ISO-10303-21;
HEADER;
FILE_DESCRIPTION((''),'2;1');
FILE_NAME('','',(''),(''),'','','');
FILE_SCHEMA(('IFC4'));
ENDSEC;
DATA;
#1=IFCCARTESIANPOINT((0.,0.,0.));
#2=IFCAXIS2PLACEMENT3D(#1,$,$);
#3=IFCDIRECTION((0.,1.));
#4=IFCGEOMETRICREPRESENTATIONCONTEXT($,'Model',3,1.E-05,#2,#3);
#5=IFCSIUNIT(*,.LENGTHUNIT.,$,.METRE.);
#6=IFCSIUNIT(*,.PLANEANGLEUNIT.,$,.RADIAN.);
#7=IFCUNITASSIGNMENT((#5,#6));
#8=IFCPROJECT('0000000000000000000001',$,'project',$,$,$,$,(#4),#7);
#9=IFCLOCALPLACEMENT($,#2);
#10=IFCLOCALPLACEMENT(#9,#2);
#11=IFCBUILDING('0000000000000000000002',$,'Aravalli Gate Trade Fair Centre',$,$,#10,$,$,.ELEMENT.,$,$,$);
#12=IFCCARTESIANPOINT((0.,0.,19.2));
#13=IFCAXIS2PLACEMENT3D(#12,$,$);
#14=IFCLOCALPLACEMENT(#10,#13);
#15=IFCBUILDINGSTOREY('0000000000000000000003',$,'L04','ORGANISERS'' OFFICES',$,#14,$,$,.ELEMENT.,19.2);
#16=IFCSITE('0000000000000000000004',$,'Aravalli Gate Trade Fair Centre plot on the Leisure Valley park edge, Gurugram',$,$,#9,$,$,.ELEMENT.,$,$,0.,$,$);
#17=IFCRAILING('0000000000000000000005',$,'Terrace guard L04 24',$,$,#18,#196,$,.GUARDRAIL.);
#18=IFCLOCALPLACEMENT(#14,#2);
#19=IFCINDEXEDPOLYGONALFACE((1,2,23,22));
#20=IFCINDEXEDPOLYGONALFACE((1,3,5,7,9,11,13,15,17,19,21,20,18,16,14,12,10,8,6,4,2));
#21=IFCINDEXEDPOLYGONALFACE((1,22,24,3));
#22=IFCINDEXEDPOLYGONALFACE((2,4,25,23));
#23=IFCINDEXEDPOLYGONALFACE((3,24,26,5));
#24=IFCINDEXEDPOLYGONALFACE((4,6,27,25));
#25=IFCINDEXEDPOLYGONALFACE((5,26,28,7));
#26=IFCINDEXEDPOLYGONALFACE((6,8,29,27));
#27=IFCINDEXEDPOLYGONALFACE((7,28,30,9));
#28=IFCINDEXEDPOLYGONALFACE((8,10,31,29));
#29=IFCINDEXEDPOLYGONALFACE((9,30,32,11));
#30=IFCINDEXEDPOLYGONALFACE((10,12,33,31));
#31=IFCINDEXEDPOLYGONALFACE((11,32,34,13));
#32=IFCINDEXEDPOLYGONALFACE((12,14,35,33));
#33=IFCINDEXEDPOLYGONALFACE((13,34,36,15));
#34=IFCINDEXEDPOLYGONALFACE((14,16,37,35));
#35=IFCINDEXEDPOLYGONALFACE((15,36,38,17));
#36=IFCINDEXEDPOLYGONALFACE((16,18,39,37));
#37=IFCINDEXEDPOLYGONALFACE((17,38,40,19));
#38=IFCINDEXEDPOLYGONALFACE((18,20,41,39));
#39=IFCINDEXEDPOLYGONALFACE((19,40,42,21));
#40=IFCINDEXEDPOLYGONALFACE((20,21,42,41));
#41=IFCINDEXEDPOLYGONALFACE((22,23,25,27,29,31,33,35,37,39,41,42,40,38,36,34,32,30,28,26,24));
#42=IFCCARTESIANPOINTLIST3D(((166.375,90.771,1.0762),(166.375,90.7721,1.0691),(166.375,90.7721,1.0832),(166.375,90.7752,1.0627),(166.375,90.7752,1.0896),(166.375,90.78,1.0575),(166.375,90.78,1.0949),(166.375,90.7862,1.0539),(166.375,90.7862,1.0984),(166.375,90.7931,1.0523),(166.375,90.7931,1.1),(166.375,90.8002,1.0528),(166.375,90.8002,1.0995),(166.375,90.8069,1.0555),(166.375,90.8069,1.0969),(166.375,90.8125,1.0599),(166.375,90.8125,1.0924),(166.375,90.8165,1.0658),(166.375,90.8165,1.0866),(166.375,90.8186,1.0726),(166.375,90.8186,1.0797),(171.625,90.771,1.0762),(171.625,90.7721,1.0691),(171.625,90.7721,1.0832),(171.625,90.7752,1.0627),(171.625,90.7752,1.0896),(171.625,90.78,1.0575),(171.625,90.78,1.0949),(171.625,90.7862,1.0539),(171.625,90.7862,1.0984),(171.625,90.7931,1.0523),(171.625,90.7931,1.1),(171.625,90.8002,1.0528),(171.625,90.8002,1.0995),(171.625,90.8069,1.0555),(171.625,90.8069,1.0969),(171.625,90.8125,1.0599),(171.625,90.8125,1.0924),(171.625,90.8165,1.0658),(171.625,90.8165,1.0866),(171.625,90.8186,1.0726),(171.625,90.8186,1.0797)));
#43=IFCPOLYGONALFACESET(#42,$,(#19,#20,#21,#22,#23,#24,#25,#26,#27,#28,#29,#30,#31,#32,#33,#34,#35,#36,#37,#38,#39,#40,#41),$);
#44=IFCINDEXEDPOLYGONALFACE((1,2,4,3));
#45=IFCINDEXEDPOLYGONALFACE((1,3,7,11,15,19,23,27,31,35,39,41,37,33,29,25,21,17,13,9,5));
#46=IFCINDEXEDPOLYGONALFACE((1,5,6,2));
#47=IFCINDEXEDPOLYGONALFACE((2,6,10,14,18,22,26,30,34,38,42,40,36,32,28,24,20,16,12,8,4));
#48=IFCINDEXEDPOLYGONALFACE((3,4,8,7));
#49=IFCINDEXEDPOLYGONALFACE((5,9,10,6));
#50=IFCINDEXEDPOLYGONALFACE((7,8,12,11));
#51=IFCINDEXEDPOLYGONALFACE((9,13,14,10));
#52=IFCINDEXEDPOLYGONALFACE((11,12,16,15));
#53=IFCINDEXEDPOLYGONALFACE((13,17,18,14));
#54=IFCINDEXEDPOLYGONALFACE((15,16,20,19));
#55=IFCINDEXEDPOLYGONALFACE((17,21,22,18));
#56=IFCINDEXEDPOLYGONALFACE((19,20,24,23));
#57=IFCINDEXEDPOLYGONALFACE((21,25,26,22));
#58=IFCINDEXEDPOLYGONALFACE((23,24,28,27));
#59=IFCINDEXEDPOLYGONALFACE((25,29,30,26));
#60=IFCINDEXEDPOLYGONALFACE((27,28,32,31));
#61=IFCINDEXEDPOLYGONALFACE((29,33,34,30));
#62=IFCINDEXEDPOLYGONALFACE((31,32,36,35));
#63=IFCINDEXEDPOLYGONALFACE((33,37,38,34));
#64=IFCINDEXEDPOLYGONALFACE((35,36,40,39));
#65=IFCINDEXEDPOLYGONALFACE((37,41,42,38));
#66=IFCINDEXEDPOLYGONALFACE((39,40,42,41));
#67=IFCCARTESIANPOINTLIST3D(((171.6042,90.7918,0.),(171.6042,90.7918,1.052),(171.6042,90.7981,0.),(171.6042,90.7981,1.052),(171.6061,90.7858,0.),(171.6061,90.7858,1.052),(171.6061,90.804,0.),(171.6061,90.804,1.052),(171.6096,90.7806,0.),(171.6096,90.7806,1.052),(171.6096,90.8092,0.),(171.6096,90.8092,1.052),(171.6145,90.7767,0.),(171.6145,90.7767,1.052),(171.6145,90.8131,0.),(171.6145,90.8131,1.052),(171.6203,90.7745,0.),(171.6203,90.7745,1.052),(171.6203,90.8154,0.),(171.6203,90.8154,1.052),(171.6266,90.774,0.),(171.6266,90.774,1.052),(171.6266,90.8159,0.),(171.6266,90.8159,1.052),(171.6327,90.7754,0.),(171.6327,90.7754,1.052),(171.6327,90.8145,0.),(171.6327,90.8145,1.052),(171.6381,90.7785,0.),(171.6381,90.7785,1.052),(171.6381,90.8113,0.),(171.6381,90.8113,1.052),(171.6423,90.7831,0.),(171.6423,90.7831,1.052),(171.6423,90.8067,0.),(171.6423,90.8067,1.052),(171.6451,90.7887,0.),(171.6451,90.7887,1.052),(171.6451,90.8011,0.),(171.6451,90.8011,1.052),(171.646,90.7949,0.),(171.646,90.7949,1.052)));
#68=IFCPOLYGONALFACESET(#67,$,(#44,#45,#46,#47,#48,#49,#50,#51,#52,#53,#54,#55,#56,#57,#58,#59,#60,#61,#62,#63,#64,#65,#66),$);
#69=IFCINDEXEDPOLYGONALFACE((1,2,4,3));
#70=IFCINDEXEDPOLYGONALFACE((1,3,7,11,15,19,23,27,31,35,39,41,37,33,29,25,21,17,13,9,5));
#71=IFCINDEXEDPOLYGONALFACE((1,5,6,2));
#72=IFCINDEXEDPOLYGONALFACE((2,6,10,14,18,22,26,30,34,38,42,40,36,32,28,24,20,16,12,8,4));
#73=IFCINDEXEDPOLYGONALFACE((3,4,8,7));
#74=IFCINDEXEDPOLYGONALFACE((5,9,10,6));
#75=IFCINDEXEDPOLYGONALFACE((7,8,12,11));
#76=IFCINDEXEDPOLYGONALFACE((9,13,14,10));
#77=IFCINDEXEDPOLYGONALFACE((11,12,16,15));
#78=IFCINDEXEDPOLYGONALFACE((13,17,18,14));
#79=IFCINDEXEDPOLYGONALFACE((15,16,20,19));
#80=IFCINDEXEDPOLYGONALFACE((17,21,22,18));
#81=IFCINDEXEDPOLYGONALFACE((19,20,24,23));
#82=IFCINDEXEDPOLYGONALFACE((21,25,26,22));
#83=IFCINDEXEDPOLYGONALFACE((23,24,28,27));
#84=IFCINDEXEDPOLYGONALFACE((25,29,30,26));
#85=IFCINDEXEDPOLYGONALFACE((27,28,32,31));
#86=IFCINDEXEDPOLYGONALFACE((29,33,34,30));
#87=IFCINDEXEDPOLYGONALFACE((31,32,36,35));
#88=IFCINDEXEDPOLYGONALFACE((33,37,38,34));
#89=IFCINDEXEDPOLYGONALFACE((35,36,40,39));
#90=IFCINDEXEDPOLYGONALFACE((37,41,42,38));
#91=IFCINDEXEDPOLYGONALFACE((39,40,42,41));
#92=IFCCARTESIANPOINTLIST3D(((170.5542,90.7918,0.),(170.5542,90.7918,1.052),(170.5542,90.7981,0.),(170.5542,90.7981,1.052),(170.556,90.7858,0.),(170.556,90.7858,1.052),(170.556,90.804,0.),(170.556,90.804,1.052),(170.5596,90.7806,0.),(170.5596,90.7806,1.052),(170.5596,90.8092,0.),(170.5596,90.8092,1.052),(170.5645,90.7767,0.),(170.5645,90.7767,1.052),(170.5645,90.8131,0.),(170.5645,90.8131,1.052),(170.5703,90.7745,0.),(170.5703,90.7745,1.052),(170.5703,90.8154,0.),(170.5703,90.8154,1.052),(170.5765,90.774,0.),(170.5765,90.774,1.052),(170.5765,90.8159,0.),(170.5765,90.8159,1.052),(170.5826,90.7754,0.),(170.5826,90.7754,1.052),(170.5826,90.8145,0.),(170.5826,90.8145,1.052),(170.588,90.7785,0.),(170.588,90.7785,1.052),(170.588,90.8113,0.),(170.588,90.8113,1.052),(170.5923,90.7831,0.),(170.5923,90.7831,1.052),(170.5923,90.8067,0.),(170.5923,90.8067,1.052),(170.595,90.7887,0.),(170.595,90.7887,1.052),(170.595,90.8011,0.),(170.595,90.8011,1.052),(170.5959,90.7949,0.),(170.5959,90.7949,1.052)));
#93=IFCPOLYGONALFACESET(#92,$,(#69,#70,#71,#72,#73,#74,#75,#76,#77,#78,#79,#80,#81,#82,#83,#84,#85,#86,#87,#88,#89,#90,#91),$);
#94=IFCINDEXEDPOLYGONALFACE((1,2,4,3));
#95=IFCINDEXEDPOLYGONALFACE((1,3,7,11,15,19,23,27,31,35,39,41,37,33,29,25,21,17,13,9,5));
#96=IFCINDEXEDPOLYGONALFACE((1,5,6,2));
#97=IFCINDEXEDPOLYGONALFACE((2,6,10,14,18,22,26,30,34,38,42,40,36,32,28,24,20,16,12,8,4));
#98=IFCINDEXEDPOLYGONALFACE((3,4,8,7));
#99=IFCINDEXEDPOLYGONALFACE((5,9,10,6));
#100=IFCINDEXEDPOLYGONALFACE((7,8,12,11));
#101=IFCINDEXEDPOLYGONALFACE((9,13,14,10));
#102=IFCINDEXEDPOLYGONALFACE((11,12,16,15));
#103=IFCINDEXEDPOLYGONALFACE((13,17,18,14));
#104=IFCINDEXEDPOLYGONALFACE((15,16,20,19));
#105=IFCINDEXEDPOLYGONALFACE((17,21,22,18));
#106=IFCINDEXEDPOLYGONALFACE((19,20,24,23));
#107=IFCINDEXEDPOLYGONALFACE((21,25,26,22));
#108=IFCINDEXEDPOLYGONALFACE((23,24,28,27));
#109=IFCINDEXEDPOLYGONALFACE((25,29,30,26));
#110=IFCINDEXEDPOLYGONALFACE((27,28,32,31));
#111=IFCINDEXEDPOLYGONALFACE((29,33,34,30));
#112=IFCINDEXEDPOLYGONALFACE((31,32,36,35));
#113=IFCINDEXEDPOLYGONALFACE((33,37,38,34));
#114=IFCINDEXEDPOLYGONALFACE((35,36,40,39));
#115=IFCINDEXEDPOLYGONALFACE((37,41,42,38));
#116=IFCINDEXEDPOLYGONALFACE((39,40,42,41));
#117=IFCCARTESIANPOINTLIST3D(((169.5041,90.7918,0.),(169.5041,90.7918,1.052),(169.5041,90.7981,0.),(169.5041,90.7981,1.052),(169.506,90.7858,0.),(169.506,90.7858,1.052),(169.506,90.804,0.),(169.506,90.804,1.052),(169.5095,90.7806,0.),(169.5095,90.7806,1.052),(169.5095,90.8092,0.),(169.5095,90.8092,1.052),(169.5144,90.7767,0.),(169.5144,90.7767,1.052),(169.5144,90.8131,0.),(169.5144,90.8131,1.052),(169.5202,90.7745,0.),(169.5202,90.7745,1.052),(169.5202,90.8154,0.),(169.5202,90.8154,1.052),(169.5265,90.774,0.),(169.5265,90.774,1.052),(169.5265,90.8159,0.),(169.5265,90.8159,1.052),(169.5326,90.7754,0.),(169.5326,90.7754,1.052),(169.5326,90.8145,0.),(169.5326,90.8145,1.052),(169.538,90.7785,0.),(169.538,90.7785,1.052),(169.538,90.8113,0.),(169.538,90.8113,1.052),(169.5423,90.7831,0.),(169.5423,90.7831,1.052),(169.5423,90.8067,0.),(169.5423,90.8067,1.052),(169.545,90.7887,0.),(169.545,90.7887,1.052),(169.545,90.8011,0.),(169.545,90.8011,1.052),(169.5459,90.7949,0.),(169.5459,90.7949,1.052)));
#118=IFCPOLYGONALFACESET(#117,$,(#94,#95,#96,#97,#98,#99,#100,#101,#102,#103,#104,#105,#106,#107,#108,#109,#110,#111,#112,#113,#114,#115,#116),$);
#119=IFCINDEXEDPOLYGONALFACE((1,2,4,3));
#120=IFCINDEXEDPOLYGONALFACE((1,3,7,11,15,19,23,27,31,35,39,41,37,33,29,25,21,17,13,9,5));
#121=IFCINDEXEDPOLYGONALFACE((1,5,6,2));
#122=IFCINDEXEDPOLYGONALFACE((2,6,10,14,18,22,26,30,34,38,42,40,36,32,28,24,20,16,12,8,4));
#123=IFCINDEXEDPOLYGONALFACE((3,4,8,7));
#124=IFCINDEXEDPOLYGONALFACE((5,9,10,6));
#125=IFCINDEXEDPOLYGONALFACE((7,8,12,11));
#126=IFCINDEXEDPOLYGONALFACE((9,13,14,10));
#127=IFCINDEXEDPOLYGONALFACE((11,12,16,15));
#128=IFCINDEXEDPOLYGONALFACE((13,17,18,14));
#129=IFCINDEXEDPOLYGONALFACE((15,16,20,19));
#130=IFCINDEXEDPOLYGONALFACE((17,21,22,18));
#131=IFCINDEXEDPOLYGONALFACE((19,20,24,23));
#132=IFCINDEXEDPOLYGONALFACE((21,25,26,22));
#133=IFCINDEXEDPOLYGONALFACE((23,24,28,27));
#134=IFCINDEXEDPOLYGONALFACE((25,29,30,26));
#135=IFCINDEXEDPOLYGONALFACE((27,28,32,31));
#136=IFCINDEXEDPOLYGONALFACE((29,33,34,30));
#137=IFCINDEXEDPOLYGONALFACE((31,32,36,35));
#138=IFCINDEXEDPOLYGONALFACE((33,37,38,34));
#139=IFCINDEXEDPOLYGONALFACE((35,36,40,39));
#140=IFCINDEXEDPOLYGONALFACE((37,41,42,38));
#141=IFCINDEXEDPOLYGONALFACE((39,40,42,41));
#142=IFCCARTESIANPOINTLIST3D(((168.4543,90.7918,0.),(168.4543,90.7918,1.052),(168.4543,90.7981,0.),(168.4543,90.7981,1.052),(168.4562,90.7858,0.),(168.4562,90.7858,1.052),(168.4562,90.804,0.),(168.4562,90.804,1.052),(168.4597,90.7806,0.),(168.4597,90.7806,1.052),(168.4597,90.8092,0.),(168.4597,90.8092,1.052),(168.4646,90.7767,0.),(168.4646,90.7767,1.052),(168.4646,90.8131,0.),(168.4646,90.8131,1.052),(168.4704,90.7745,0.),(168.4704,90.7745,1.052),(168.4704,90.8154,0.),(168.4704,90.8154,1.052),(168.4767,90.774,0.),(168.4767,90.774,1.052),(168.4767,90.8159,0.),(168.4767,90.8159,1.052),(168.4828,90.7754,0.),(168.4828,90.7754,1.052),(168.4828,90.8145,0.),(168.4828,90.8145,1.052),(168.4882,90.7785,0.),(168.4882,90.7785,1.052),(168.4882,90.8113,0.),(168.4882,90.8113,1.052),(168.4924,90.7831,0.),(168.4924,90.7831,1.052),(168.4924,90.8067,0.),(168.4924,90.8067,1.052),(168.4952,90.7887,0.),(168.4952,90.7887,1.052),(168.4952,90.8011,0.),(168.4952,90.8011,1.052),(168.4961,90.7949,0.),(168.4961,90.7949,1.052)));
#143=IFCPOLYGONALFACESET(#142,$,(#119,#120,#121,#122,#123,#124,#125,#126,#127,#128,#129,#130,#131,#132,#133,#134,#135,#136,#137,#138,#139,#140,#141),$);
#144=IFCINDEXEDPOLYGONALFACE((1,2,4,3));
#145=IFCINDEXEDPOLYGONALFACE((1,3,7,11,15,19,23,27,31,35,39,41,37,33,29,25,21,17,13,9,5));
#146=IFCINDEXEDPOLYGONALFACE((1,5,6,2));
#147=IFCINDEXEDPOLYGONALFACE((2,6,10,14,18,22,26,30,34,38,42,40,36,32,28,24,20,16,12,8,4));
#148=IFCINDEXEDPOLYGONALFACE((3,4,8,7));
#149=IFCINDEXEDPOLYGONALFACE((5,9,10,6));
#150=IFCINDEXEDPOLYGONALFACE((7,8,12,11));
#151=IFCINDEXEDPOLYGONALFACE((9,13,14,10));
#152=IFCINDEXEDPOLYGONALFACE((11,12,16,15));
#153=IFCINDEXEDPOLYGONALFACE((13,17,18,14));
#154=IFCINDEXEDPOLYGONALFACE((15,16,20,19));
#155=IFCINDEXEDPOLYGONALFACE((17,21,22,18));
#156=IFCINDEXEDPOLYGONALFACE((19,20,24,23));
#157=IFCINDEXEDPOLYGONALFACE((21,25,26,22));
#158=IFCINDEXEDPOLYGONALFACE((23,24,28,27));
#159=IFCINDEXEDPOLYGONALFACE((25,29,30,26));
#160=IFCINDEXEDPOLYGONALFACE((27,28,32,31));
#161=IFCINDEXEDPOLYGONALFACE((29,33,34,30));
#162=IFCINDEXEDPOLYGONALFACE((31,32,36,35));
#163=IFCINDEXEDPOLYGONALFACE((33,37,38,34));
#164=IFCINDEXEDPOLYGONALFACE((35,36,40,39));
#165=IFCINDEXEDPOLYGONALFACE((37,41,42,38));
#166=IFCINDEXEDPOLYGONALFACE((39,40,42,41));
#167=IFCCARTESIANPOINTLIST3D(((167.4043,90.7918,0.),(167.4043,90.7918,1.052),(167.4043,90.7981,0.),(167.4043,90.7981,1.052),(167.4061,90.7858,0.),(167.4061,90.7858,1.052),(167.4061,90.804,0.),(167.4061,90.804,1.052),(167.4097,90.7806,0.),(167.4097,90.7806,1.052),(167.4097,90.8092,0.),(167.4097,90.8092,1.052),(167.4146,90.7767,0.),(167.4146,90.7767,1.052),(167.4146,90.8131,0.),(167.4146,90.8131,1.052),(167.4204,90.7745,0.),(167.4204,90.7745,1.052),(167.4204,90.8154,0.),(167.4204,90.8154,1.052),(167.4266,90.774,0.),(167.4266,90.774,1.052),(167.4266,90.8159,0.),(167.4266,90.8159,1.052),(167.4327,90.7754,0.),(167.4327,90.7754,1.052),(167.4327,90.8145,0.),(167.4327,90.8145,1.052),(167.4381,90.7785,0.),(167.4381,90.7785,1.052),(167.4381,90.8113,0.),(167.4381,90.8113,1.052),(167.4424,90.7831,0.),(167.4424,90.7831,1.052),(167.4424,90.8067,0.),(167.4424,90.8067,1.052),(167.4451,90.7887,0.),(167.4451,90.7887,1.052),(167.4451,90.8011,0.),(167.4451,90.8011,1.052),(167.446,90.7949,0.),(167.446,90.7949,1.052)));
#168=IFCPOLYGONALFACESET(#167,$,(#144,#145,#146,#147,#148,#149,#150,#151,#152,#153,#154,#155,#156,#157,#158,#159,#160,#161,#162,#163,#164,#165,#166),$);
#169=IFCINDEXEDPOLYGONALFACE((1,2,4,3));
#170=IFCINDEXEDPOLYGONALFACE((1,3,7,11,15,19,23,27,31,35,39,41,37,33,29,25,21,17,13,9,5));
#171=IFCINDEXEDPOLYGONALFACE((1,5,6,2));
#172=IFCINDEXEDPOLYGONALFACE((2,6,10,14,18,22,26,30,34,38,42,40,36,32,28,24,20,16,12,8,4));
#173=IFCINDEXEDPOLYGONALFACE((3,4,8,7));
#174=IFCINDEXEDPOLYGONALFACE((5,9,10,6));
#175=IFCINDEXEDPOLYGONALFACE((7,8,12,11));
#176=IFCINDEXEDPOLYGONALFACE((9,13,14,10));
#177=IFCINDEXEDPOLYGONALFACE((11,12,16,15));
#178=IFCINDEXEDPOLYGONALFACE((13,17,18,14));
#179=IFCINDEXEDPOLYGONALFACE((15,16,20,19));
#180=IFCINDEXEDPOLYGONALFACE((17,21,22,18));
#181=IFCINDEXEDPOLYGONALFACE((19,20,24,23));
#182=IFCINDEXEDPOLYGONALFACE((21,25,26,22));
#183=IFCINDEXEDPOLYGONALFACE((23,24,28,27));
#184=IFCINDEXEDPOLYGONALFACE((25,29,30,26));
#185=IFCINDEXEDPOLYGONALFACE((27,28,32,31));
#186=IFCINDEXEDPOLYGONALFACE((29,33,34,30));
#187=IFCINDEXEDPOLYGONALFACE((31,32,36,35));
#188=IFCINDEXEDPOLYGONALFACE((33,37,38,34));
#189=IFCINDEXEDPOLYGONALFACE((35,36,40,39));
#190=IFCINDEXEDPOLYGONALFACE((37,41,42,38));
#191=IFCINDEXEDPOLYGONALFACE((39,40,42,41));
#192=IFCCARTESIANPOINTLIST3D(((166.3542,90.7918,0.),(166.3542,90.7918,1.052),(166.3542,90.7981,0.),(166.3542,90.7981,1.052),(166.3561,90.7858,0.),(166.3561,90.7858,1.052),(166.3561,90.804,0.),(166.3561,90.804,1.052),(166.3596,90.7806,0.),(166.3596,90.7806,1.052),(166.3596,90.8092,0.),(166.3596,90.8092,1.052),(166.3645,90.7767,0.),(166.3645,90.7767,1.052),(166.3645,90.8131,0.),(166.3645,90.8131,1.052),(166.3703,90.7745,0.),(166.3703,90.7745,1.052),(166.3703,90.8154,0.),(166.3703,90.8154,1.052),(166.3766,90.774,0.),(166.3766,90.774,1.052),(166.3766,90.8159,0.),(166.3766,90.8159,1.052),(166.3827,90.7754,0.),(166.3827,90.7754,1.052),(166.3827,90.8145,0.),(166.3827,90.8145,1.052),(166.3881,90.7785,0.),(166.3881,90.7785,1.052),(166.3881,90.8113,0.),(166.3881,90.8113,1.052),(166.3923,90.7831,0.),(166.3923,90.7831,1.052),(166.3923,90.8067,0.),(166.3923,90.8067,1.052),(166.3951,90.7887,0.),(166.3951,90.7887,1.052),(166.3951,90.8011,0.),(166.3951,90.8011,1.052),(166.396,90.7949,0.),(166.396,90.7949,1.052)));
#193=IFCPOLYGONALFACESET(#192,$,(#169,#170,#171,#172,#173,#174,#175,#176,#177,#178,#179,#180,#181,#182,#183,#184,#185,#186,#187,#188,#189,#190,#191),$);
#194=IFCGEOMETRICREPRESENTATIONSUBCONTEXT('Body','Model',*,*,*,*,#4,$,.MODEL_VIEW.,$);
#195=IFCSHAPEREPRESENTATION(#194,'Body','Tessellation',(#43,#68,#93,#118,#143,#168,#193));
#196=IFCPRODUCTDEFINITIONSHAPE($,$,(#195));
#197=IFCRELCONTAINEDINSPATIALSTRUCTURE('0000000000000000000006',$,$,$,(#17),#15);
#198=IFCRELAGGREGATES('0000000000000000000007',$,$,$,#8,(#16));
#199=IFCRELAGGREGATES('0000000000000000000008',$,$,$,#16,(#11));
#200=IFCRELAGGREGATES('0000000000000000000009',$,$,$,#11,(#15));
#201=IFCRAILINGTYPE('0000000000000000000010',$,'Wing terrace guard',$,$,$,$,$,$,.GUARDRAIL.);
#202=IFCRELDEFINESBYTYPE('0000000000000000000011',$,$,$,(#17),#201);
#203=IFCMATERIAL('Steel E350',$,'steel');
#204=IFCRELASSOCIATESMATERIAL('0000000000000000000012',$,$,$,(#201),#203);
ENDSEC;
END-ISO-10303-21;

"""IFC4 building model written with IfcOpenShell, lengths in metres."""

from ifc_helpers import new_model, si_unit, direction, frame, origin, origin_2d, place, context, subcontext, project, spatial, circle, extrude, material, type_object, element, save


model = new_model("IFC4")

# Units and contexts
model_context = context("Model", 3, precision=1e-05, world=origin(), true_north=direction((0.0, 1.0)))
body_context = subcontext(model_context, "Body", "Model", "MODEL_VIEW")
ifc_project = project(units=[si_unit("LENGTHUNIT", "METRE"), si_unit("PLANEANGLEUNIT", "RADIAN")], contexts=[model_context])

# Site, building, storey
site_placement = place(None, origin())
site = spatial("IfcSite", under=ifc_project, at=site_placement, Name="Aravalli Gate Trade Fair Centre plot on the Leisure Valley park edge, Gurugram", CompositionType="ELEMENT", RefElevation=0.0)
building_placement = place(site_placement, origin())
building = spatial("IfcBuilding", under=site, at=building_placement, Name="Aravalli Gate Trade Fair Centre", CompositionType="ELEMENT")
storey_placement = place(building_placement, frame((0.0, 0.0, 19.2)))
storey = spatial("IfcBuildingStorey", under=building, at=storey_placement, Name="L04", Description="ORGANISERS' OFFICES", CompositionType="ELEMENT", Elevation=19.2)

# Railing
ifc_material_1 = material(Name="Steel E350", Category="steel")
railing_type = type_object("IfcRailingType", Name="Wing terrace guard", PredefinedType="GUARDRAIL", material=ifc_material_1)
railing_1_placement = place(storey_placement, frame((171.625, 90.7949, 0.0)))
element("IfcRailing", 1, at=railing_1_placement, inside=storey, type_object=railing_type, Name="Terrace guard L04 24", PredefinedType="GUARDRAIL", context=body_context, shape_type="SweptSolid", body=[
    extrude(circle(Radius=0.0239, at=origin_2d()), frame((0.0, 0.0, 1.0762), z_axis=(-1.0, 0.0, 0.0), x_axis=(0.0, -1.0, 0.0)), (0.0, 0.0, 1.0), 5.25),
    extrude(circle(Radius=0.021, at=origin_2d()), origin(), (0.0, 0.0, 1.0), 1.052),
    extrude(circle(Radius=0.021, at=origin_2d()), frame((-1.05, 0.0, 0.0)), (0.0, 0.0, 1.0), 1.052),
    extrude(circle(Radius=0.021, at=origin_2d()), frame((-2.1001, 0.0, 0.0)), (0.0, 0.0, 1.0), 1.052),
    extrude(circle(Radius=0.021, at=origin_2d()), frame((-3.1499, 0.0, 0.0)), (0.0, 0.0, 1.0), 1.052),
    extrude(circle(Radius=0.021, at=origin_2d()), frame((-4.2, 0.0, 0.0)), (0.0, 0.0, 1.0), 1.052),
    extrude(circle(Radius=0.021, at=origin_2d()), frame((-5.25, 0.0, 0.0)), (0.0, 0.0, 1.0), 1.052),
])

save(model, "model.ifc")
